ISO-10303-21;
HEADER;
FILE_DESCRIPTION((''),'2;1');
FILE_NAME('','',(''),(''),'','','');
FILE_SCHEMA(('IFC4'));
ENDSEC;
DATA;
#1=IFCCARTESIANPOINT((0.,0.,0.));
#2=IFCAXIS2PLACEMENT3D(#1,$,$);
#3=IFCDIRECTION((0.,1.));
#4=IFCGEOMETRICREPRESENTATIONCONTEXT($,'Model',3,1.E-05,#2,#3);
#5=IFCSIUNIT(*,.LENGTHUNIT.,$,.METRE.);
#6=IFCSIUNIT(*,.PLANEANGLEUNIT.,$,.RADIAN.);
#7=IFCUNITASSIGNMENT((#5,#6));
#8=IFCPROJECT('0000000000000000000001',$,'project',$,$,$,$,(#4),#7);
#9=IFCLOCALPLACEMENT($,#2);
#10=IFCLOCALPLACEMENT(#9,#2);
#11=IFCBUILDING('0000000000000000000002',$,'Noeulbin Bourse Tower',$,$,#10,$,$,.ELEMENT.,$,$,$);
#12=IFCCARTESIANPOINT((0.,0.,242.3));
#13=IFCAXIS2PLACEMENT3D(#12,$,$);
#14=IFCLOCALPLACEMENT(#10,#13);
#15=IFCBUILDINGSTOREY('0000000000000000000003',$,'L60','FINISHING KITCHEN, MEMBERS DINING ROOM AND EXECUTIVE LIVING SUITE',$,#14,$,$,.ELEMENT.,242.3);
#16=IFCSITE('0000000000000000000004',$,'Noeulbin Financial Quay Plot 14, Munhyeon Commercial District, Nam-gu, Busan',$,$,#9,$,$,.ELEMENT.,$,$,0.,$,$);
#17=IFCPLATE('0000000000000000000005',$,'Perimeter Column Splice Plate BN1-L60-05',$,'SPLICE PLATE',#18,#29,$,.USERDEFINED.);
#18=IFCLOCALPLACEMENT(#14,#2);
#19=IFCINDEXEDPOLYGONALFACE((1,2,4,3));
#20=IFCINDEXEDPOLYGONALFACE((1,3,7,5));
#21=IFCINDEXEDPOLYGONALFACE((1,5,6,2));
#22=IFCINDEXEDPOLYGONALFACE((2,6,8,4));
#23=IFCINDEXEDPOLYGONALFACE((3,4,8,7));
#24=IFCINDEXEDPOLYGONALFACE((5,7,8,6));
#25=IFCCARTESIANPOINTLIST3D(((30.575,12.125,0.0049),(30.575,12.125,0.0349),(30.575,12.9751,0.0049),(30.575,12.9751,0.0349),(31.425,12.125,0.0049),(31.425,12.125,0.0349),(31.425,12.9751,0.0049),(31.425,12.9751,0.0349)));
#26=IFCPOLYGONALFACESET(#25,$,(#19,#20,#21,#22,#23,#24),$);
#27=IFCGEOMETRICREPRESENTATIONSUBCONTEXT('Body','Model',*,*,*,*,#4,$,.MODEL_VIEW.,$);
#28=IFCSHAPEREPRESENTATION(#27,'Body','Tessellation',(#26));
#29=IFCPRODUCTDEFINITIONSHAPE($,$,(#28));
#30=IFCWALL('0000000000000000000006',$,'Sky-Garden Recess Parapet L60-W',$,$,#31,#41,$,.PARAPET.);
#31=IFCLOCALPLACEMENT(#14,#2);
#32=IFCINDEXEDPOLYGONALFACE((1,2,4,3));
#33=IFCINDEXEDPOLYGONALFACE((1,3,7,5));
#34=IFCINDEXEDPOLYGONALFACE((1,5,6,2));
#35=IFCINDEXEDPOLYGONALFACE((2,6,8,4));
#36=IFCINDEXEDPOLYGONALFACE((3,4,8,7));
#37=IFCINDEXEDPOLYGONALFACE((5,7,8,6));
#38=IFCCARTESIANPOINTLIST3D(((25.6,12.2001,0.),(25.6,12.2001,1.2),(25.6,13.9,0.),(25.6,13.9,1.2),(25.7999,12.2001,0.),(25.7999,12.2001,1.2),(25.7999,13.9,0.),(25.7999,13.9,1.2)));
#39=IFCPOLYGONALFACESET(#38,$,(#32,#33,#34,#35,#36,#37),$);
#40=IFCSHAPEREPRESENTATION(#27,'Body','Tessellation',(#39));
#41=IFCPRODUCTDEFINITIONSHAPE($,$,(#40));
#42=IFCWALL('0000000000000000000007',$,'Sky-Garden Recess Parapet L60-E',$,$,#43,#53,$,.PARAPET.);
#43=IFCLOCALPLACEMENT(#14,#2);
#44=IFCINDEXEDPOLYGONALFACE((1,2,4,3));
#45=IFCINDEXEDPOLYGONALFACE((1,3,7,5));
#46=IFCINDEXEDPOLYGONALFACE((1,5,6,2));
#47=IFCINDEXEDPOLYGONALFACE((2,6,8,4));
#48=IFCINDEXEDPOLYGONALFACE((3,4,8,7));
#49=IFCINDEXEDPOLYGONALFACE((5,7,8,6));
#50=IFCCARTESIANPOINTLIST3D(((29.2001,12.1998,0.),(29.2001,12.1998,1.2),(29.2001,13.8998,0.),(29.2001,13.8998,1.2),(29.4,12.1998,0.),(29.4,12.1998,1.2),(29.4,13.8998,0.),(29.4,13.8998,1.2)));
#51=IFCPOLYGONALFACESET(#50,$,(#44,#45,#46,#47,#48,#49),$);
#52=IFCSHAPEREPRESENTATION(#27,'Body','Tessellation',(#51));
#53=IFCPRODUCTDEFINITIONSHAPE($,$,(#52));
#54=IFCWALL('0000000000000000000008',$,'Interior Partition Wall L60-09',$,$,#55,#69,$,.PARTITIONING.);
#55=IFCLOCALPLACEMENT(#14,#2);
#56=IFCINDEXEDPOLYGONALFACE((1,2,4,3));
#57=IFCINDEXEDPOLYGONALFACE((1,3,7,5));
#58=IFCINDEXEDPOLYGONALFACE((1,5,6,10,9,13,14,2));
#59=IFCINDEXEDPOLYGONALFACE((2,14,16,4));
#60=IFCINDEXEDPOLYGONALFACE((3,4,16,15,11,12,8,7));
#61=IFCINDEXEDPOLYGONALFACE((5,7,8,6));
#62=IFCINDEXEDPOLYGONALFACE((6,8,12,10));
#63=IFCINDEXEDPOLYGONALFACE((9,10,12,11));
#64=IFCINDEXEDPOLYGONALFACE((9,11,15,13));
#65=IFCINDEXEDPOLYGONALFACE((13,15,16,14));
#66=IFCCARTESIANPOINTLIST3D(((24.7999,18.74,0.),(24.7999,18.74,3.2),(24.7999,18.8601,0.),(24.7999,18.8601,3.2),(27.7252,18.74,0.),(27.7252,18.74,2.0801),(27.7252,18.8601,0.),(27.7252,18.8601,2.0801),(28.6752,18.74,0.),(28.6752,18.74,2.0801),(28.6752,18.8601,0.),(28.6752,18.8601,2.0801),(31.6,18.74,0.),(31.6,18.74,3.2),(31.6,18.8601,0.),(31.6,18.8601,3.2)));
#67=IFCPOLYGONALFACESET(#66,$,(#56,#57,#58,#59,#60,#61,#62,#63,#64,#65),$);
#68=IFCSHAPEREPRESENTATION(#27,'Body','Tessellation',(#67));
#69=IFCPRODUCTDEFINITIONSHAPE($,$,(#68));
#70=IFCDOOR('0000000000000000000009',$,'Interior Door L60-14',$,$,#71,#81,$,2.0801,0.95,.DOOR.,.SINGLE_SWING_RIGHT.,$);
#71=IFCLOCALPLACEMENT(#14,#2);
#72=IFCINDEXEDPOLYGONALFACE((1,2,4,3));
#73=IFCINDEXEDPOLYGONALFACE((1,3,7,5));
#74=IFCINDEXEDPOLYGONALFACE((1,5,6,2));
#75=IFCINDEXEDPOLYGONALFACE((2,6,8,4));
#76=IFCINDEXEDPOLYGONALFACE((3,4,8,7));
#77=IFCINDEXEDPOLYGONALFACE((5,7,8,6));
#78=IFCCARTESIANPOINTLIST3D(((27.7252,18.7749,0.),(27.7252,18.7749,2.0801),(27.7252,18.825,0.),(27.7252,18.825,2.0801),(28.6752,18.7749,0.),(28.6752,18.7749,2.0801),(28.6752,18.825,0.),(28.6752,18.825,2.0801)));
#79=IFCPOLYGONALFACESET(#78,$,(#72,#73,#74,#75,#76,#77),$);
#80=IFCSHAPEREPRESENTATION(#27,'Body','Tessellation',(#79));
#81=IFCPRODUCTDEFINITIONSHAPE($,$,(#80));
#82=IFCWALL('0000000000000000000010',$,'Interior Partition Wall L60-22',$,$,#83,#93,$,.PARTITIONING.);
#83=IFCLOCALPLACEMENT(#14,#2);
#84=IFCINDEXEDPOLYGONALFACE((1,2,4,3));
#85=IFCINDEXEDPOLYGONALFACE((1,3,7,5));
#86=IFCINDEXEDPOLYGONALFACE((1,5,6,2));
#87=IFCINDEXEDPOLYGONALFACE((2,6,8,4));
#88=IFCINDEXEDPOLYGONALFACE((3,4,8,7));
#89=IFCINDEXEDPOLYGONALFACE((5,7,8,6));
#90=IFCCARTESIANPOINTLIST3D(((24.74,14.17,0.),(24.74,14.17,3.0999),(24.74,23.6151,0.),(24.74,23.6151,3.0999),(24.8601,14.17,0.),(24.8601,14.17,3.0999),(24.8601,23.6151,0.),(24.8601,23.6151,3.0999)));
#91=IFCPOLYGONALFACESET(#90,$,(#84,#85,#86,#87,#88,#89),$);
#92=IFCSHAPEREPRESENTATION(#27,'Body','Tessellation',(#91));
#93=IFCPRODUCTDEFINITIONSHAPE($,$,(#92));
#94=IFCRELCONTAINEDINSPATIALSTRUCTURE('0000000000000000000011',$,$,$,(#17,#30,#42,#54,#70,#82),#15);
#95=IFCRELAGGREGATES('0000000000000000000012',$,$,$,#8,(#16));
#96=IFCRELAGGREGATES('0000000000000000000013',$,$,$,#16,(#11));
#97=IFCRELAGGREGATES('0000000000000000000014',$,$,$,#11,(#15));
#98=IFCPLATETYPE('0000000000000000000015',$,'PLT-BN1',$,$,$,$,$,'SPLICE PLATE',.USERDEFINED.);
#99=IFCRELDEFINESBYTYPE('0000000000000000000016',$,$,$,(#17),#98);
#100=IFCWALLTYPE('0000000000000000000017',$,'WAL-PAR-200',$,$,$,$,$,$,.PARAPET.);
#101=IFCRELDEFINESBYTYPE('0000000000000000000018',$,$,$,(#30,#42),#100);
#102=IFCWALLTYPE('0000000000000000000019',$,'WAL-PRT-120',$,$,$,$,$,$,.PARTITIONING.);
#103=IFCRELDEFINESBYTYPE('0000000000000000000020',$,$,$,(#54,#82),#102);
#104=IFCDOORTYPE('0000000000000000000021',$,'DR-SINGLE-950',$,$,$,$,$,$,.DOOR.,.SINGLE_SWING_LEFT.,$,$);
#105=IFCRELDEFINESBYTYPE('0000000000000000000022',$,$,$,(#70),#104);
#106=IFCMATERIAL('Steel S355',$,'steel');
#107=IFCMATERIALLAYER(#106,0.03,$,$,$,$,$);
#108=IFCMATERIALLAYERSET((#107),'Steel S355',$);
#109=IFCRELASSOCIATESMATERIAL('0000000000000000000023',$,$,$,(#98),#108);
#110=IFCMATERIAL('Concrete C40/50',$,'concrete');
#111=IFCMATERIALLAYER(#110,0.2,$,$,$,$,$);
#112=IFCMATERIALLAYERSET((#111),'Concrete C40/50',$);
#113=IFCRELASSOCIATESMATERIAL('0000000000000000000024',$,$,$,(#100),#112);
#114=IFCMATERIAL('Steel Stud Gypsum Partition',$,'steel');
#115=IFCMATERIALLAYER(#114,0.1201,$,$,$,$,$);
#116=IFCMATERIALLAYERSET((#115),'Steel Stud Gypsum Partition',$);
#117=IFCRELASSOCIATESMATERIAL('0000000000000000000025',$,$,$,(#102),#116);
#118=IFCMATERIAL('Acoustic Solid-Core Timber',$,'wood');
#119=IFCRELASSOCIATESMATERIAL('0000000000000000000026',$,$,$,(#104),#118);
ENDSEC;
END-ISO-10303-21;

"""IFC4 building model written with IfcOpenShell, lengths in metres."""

from ifc_helpers import new_model, si_unit, direction, frame, frame_2d, origin, origin_2d, place, context, subcontext, project, spatial, rectangle, extrude, material, layer, layer_set, type_object, element, fill, save


model = new_model("IFC4")

# Units and contexts
model_context = context("Model", 3, precision=1e-05, world=origin(), true_north=direction((0.0, 1.0)))
body_context = subcontext(model_context, "Body", "Model", "MODEL_VIEW")
ifc_project = project(units=[si_unit("LENGTHUNIT", "METRE"), si_unit("PLANEANGLEUNIT", "RADIAN")], contexts=[model_context])

# Site, building, storey
site_placement = place(None, origin())
site = spatial("IfcSite", under=ifc_project, at=site_placement, Name="Noeulbin Financial Quay Plot 14, Munhyeon Commercial District, Nam-gu, Busan", CompositionType="ELEMENT", RefElevation=0.0)
building_placement = place(site_placement, origin())
building = spatial("IfcBuilding", under=site, at=building_placement, Name="Noeulbin Bourse Tower", CompositionType="ELEMENT")
storey_placement = place(building_placement, frame((0.0, 0.0, 242.3)))
storey = spatial("IfcBuildingStorey", under=building, at=storey_placement, Name="L60", Description="FINISHING KITCHEN, MEMBERS DINING ROOM AND EXECUTIVE LIVING SUITE", CompositionType="ELEMENT", Elevation=242.3)

# Shared definitions
ifc_material_1 = material(Name="Steel S355", Category="steel")

# Plate
ifc_layer_1 = layer(ifc_material_1, 0.03)
ifc_layer_set_1 = layer_set([ifc_layer_1], Name="Steel S355")
plate_type_1 = type_object("IfcPlateType", Name="PLT-BN1", ElementType="SPLICE PLATE", PredefinedType="USERDEFINED", material=ifc_layer_set_1)
for number, where, z_axis, x_axis, name in (
    (1, (31.0, 12.55, 0.0049), (0.0, 0.0, 1.0), (1.0, 0.0, 0.0), "Perimeter Column Splice Plate BN1-L60-05"),
):
    element("IfcPlate", number, at=place(storey_placement, frame(where, z_axis=z_axis, x_axis=x_axis)), inside=storey, type_object=plate_type_1, Name=name, ObjectType="SPLICE PLATE", PredefinedType="USERDEFINED", context=body_context, shape_type="SweptSolid", body=[
        extrude(rectangle(XDim=0.8501, YDim=0.8501, at=origin_2d()), origin(), (0.0, 0.0, 1.0), 0.03),
    ])

# Walls
ifc_material_2 = material(Name="Concrete C40/50", Category="concrete")
ifc_layer_2 = layer(ifc_material_2, 0.2)
ifc_layer_set_2 = layer_set([ifc_layer_2], Name="Concrete C40/50")
wall_type_1 = type_object("IfcWallType", Name="WAL-PAR-200", PredefinedType="PARAPET", material=ifc_layer_set_2)
for number, where, z_axis, x_axis, name in (
    (2, (25.7, 12.2, 0.0), (0.0, 0.0, 1.0), (0.0, 1.0, 0.0), "Sky-Garden Recess Parapet L60-W"),
    (3, (29.3, 13.8999, 0.0), (0.0, 0.0, 1.0), (0.0, -1.0, 0.0), "Sky-Garden Recess Parapet L60-E"),
):
    element("IfcWall", number, at=place(storey_placement, frame(where, z_axis=z_axis, x_axis=x_axis)), inside=storey, type_object=wall_type_1, Name=name, PredefinedType="PARAPET", context=body_context, shape_type="SweptSolid", body=[
        extrude(rectangle(XDim=1.7, YDim=0.2, at=frame_2d((0.8501, 0.0))), origin(), (0.0, 0.0, 1.0), 1.2),
    ])

# Wall, opening, door
ifc_material_3 = material(Name="Steel Stud Gypsum Partition", Category="steel")
ifc_layer_3 = layer(ifc_material_3, 0.1201)
ifc_layer_set_3 = layer_set([ifc_layer_3], Name="Steel Stud Gypsum Partition")
wall_type_2 = type_object("IfcWallType", Name="WAL-PRT-120", PredefinedType="PARTITIONING", material=ifc_layer_set_3)
wall_1_placement = place(storey_placement, frame((24.8, 18.8, 0.0), z_axis=(0.0, 0.0, 1.0), x_axis=(1.0, 0.0, 0.0)))
wall_1 = element("IfcWall", 4, at=wall_1_placement, inside=storey, type_object=wall_type_2, Name="Interior Partition Wall L60-09", PredefinedType="PARTITIONING", context=body_context, shape_type="SweptSolid", body=[
    extrude(rectangle(XDim=6.8, YDim=0.1201, at=frame_2d((3.3999, 0.0))), origin(), (0.0, 0.0, 1.0), 3.2),
])
opening_placement = place(wall_1_placement, frame((2.925, 0.0, 0.0)))
opening = element("IfcOpeningElement", 5, at=opening_placement, cuts=wall_1, PredefinedType="OPENING", context=body_context, shape_type="SweptSolid", body=[
    extrude(rectangle(XDim=0.95, YDim=2.0801, at=frame_2d((0.4751, 1.04))), frame((0.0, 0.0701, 0.0), z_axis=(0.0, -1.0, 0.0), x_axis=(1.0, 0.0, 0.0)), (0.0, 0.0, 1.0), 0.1401),
])
ifc_material_4 = material(Name="Acoustic Solid-Core Timber", Category="wood")
door_type = type_object("IfcDoorType", Name="DR-SINGLE-950", OperationType="SINGLE_SWING_LEFT", PredefinedType="DOOR", material=ifc_material_4)
door_placement = place(opening_placement, origin())
door = element("IfcDoor", 6, at=door_placement, inside=storey, type_object=door_type, Name="Interior Door L60-14", OperationType="SINGLE_SWING_RIGHT", OverallHeight=2.0801, OverallWidth=0.95, PredefinedType="DOOR", context=body_context, shape_type="SweptSolid", body=[
    extrude(rectangle(XDim=0.95, YDim=2.0801, at=frame_2d((0.4751, 1.04))), frame((0.0, 0.0249, 0.0), z_axis=(0.0, -1.0, 0.0), x_axis=(1.0, 0.0, 0.0)), (0.0, 0.0, 1.0), 0.05),
])
fill(opening, door)

# Wall
wall_2_placement = place(storey_placement, frame((24.8, 14.1699, 0.0), z_axis=(0.0, 0.0, 1.0), x_axis=(0.0, 1.0, 0.0)))
element("IfcWall", 7, at=wall_2_placement, inside=storey, type_object=wall_type_2, Name="Interior Partition Wall L60-22", PredefinedType="PARTITIONING", context=body_context, shape_type="SweptSolid", body=[
    extrude(rectangle(XDim=9.4451, YDim=0.1201, at=frame_2d((4.7227, 0.0))), origin(), (0.0, 0.0, 1.0), 3.0999),
])

save(model, "model.ifc")
